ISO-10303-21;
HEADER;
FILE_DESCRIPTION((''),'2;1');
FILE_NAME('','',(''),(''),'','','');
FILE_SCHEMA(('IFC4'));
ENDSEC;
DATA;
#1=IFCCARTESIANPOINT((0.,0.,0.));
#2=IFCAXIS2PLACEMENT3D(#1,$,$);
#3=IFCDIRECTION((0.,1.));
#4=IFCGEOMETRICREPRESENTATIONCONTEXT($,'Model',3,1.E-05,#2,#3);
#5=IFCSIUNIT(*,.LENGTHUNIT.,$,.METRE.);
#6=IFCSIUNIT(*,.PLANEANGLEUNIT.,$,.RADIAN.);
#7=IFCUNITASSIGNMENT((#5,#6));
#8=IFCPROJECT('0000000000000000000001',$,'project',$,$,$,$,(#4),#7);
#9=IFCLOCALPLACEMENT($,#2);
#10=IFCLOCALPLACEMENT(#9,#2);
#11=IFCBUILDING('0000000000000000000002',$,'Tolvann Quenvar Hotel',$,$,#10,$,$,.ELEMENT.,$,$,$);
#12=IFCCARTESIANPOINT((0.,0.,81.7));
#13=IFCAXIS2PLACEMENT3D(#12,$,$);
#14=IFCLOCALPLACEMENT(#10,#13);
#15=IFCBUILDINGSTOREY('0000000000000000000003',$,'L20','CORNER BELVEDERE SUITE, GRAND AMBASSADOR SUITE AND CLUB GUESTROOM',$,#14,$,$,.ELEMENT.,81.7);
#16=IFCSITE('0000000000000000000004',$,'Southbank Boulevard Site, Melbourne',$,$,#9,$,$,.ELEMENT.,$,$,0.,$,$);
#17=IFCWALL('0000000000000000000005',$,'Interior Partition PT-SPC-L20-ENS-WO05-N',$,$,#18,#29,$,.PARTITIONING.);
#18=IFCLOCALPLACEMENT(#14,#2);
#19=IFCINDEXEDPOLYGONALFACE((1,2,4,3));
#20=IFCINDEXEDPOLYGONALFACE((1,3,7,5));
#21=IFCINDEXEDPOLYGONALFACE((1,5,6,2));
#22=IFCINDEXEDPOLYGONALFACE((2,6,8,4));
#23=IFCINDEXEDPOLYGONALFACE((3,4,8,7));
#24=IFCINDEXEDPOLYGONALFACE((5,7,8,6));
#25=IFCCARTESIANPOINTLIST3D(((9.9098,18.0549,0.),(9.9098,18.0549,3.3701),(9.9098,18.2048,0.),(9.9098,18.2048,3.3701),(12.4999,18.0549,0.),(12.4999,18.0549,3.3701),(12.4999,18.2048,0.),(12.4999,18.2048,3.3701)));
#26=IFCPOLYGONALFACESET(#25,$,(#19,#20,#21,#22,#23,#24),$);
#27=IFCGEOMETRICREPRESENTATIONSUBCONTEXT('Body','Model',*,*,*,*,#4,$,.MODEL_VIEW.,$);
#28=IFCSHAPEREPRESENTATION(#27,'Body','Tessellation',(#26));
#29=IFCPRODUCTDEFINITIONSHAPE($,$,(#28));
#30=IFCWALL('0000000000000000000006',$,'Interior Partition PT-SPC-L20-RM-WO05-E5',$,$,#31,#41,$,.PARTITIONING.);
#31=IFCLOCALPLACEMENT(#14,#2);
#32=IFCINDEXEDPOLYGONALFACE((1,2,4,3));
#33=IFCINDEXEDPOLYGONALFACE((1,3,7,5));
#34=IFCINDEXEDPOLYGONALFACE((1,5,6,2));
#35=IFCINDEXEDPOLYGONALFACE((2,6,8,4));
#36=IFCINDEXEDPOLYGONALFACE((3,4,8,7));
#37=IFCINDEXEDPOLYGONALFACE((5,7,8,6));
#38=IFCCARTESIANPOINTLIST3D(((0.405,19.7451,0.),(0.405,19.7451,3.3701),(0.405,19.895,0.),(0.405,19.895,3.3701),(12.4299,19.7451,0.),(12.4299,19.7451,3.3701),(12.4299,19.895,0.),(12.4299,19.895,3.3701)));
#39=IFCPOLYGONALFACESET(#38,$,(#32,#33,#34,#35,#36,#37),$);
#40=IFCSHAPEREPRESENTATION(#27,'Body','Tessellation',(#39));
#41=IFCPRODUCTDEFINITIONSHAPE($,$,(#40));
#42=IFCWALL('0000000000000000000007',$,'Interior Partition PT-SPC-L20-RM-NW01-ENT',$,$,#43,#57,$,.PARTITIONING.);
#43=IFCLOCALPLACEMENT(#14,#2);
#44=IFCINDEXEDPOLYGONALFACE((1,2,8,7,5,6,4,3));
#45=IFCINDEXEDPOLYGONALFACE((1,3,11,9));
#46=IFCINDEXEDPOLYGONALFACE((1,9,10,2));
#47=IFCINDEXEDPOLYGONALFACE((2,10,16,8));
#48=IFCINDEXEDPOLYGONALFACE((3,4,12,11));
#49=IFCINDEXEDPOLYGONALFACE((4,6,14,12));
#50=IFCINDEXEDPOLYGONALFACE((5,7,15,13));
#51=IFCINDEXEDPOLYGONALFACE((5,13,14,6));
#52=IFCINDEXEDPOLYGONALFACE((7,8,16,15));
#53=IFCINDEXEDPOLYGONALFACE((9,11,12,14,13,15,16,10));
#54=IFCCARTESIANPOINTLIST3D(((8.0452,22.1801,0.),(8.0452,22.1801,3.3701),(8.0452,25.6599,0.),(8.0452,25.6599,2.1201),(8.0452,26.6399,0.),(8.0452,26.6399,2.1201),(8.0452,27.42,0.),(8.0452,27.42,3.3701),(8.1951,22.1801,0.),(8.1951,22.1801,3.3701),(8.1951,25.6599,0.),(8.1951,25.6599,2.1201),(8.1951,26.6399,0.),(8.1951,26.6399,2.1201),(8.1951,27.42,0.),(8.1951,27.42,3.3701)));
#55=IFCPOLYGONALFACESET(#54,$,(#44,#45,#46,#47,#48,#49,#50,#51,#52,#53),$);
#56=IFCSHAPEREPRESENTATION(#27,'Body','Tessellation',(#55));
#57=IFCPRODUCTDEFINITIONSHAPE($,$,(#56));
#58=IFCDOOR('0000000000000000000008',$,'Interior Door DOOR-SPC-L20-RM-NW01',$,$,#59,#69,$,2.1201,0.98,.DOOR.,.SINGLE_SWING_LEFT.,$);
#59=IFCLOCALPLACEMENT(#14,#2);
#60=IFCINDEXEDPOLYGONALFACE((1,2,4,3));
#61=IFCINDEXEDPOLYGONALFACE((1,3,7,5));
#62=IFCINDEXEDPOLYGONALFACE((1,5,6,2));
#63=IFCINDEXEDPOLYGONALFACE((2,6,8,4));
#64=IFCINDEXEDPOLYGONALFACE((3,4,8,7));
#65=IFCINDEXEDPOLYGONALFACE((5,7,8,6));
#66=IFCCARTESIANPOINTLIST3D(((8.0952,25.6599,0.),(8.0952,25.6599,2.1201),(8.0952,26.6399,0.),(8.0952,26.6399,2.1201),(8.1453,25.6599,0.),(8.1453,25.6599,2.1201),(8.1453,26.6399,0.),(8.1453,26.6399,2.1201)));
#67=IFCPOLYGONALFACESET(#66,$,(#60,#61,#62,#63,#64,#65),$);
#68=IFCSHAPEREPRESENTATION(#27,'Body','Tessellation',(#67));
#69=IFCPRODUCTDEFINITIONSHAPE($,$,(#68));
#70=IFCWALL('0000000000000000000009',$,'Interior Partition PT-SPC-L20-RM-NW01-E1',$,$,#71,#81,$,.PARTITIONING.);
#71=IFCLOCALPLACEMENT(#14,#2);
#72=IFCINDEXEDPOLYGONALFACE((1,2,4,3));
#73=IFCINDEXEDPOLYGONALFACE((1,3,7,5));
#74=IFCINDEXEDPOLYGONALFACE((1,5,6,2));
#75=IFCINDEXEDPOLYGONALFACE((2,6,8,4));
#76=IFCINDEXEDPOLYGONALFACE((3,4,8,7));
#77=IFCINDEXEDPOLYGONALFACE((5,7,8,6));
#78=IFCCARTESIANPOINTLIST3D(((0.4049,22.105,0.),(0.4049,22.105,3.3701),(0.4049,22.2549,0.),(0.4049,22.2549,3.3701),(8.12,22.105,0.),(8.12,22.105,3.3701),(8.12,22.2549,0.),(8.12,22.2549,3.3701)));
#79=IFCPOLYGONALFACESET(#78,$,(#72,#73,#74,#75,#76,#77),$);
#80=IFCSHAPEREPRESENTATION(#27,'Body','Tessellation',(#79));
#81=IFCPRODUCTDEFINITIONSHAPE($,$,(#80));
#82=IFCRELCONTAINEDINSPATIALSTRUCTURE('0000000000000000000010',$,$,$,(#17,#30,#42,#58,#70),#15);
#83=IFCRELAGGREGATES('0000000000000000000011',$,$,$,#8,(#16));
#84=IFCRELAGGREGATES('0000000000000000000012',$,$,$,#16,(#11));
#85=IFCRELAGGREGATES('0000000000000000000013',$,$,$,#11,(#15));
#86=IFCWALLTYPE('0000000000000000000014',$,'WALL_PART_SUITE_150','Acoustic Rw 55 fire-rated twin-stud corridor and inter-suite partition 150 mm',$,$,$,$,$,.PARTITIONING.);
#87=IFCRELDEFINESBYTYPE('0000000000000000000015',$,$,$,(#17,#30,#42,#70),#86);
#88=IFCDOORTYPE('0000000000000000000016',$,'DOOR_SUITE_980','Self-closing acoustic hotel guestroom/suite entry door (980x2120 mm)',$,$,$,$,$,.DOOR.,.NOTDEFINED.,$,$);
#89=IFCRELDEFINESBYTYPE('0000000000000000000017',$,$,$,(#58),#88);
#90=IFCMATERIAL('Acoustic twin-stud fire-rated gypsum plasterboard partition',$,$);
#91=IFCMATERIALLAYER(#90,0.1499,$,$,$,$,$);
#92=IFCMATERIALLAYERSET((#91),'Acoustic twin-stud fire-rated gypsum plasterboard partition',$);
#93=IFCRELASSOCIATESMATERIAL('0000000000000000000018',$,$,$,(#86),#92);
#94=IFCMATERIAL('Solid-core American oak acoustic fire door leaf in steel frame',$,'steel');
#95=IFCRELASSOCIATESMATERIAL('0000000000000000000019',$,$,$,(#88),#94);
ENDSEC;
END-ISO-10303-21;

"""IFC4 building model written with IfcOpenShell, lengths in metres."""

from ifc_helpers import new_model, si_unit, direction, frame, frame_2d, origin, place, context, subcontext, project, spatial, rectangle, extrude, source, transform, mapped, material, layer, layer_set, type_object, type_shapes, element, fill, save


model = new_model("IFC4")

# Units and contexts
model_context = context("Model", 3, precision=1e-05, world=origin(), true_north=direction((0.0, 1.0)))
body_context = subcontext(model_context, "Body", "Model", "MODEL_VIEW")
ifc_project = project(units=[si_unit("LENGTHUNIT", "METRE"), si_unit("PLANEANGLEUNIT", "RADIAN")], contexts=[model_context])

# Site, building, storey
site_placement = place(None, origin())
site = spatial("IfcSite", under=ifc_project, at=site_placement, Name="Southbank Boulevard Site, Melbourne", CompositionType="ELEMENT", RefElevation=0.0)
building_placement = place(site_placement, origin())
building = spatial("IfcBuilding", under=site, at=building_placement, Name="Tolvann Quenvar Hotel", CompositionType="ELEMENT")
storey_placement = place(building_placement, frame((0.0, 0.0, 81.7)))
storey = spatial("IfcBuildingStorey", under=building, at=storey_placement, Name="L20", Description="CORNER BELVEDERE SUITE, GRAND AMBASSADOR SUITE AND CLUB GUESTROOM", CompositionType="ELEMENT", Elevation=81.7)

# Shared definitions
ifc_material_1 = material(Name="Acoustic twin-stud fire-rated gypsum plasterboard partition")
ifc_material_2 = material(Name="Solid-core American oak acoustic fire door leaf in steel frame", Category="steel")

# Shared definitions
ifc_layer_1 = layer(ifc_material_1, 0.1499)
ifc_layer_set_1 = layer_set([ifc_layer_1], Name="Acoustic twin-stud fire-rated gypsum plasterboard partition")
wall_type_1 = type_object("IfcWallType", Name="WALL_PART_SUITE_150", Description="Acoustic Rw 55 fire-rated twin-stud corridor and inter-suite partition 150 mm", PredefinedType="PARTITIONING", material=ifc_layer_set_1)

# Wall
wall_1_placement = place(storey_placement, frame((9.9099, 18.1299, 0.0), z_axis=(0.0, 0.0, 1.0), x_axis=(1.0, 0.0, 0.0)))
element("IfcWall", 1, at=wall_1_placement, inside=storey, type_object=wall_type_1, Name="Interior Partition PT-SPC-L20-ENS-WO05-N", PredefinedType="PARTITIONING", context=body_context, shape_type="SweptSolid", body=[
    extrude(rectangle(XDim=2.5901, YDim=0.1499, at=frame_2d((1.2949, 0.0))), origin(), (0.0, 0.0, 1.0), 3.3701),
])

# Shared definitions
door_type_1 = type_object("IfcDoorType", Name="DOOR_SUITE_980", Description="Self-closing acoustic hotel guestroom/suite entry door (980x2120 mm)", OperationType="NOTDEFINED", PredefinedType="DOOR", material=ifc_material_2)
shared_shape_1 = source(origin(), body_context, "Body", "SweptSolid", [
    extrude(rectangle(XDim=0.98, YDim=2.1201, at=frame_2d((0.49, 1.0601))), frame((0.0, 0.0249, 0.0), z_axis=(0.0, -1.0, 0.0), x_axis=(1.0, 0.0, 0.0)), (0.0, 0.0, 1.0), 0.05),
])
type_shapes(door_type_1, [shared_shape_1])

# Wall
wall_2_placement = place(storey_placement, frame((0.405, 19.8201, 0.0), z_axis=(0.0, 0.0, 1.0), x_axis=(1.0, 0.0, 0.0)))
element("IfcWall", 2, at=wall_2_placement, inside=storey, type_object=wall_type_1, Name="Interior Partition PT-SPC-L20-RM-WO05-E5", PredefinedType="PARTITIONING", context=body_context, shape_type="SweptSolid", body=[
    extrude(rectangle(XDim=12.0249, YDim=0.1499, at=frame_2d((6.0125, 0.0))), origin(), (0.0, 0.0, 1.0), 3.3701),
])

# Wall, opening, door
wall_3_placement = place(storey_placement, frame((8.1201, 22.1799, 0.0), z_axis=(0.0, 0.0, 1.0), x_axis=(0.0, 1.0, 0.0)))
wall_3 = element("IfcWall", 3, at=wall_3_placement, inside=storey, type_object=wall_type_1, Name="Interior Partition PT-SPC-L20-RM-NW01-ENT", PredefinedType="PARTITIONING", context=body_context, shape_type="SweptSolid", body=[
    extrude(rectangle(XDim=5.24, YDim=0.1499, at=frame_2d((2.6201, 0.0))), origin(), (0.0, 0.0, 1.0), 3.3701),
])
opening_1_placement = place(wall_3_placement, frame((3.48, 0.0, 0.0)))
opening_1 = element("IfcOpeningElement", 4, at=opening_1_placement, cuts=wall_3, PredefinedType="OPENING", context=body_context, shape_type="SweptSolid", body=[
    extrude(rectangle(XDim=0.98, YDim=2.1201, at=frame_2d((0.49, 1.0601))), frame((0.0, 0.085, 0.0), z_axis=(0.0, -1.0, 0.0), x_axis=(1.0, 0.0, 0.0)), (0.0, 0.0, 1.0), 0.1699),
])
door_1_placement = place(opening_1_placement, origin())
door_1 = element("IfcDoor", 5, at=door_1_placement, inside=storey, type_object=door_type_1, Name="Interior Door DOOR-SPC-L20-RM-NW01", OperationType="SINGLE_SWING_LEFT", OverallHeight=2.1201, OverallWidth=0.98, PredefinedType="DOOR", context=body_context, shape_type="MappedRepresentation", body=[
    mapped(shared_shape_1, transform((0.0, 0.0, 0.0), x_axis=(1.0, 0.0, 0.0), y_axis=(0.0, 1.0, 0.0), z_axis=(0.0, 0.0, 1.0), scale=1.0)),
])
fill(opening_1, door_1)

# Wall
wall_4_placement = place(storey_placement, frame((0.405, 22.1799, 0.0), z_axis=(0.0, 0.0, 1.0), x_axis=(1.0, 0.0, 0.0)))
element("IfcWall", 6, at=wall_4_placement, inside=storey, type_object=wall_type_1, Name="Interior Partition PT-SPC-L20-RM-NW01-E1", PredefinedType="PARTITIONING", context=body_context, shape_type="SweptSolid", body=[
    extrude(rectangle(XDim=7.7151, YDim=0.1499, at=frame_2d((3.8574, 0.0))), origin(), (0.0, 0.0, 1.0), 3.3701),
])

save(model, "model.ifc")
